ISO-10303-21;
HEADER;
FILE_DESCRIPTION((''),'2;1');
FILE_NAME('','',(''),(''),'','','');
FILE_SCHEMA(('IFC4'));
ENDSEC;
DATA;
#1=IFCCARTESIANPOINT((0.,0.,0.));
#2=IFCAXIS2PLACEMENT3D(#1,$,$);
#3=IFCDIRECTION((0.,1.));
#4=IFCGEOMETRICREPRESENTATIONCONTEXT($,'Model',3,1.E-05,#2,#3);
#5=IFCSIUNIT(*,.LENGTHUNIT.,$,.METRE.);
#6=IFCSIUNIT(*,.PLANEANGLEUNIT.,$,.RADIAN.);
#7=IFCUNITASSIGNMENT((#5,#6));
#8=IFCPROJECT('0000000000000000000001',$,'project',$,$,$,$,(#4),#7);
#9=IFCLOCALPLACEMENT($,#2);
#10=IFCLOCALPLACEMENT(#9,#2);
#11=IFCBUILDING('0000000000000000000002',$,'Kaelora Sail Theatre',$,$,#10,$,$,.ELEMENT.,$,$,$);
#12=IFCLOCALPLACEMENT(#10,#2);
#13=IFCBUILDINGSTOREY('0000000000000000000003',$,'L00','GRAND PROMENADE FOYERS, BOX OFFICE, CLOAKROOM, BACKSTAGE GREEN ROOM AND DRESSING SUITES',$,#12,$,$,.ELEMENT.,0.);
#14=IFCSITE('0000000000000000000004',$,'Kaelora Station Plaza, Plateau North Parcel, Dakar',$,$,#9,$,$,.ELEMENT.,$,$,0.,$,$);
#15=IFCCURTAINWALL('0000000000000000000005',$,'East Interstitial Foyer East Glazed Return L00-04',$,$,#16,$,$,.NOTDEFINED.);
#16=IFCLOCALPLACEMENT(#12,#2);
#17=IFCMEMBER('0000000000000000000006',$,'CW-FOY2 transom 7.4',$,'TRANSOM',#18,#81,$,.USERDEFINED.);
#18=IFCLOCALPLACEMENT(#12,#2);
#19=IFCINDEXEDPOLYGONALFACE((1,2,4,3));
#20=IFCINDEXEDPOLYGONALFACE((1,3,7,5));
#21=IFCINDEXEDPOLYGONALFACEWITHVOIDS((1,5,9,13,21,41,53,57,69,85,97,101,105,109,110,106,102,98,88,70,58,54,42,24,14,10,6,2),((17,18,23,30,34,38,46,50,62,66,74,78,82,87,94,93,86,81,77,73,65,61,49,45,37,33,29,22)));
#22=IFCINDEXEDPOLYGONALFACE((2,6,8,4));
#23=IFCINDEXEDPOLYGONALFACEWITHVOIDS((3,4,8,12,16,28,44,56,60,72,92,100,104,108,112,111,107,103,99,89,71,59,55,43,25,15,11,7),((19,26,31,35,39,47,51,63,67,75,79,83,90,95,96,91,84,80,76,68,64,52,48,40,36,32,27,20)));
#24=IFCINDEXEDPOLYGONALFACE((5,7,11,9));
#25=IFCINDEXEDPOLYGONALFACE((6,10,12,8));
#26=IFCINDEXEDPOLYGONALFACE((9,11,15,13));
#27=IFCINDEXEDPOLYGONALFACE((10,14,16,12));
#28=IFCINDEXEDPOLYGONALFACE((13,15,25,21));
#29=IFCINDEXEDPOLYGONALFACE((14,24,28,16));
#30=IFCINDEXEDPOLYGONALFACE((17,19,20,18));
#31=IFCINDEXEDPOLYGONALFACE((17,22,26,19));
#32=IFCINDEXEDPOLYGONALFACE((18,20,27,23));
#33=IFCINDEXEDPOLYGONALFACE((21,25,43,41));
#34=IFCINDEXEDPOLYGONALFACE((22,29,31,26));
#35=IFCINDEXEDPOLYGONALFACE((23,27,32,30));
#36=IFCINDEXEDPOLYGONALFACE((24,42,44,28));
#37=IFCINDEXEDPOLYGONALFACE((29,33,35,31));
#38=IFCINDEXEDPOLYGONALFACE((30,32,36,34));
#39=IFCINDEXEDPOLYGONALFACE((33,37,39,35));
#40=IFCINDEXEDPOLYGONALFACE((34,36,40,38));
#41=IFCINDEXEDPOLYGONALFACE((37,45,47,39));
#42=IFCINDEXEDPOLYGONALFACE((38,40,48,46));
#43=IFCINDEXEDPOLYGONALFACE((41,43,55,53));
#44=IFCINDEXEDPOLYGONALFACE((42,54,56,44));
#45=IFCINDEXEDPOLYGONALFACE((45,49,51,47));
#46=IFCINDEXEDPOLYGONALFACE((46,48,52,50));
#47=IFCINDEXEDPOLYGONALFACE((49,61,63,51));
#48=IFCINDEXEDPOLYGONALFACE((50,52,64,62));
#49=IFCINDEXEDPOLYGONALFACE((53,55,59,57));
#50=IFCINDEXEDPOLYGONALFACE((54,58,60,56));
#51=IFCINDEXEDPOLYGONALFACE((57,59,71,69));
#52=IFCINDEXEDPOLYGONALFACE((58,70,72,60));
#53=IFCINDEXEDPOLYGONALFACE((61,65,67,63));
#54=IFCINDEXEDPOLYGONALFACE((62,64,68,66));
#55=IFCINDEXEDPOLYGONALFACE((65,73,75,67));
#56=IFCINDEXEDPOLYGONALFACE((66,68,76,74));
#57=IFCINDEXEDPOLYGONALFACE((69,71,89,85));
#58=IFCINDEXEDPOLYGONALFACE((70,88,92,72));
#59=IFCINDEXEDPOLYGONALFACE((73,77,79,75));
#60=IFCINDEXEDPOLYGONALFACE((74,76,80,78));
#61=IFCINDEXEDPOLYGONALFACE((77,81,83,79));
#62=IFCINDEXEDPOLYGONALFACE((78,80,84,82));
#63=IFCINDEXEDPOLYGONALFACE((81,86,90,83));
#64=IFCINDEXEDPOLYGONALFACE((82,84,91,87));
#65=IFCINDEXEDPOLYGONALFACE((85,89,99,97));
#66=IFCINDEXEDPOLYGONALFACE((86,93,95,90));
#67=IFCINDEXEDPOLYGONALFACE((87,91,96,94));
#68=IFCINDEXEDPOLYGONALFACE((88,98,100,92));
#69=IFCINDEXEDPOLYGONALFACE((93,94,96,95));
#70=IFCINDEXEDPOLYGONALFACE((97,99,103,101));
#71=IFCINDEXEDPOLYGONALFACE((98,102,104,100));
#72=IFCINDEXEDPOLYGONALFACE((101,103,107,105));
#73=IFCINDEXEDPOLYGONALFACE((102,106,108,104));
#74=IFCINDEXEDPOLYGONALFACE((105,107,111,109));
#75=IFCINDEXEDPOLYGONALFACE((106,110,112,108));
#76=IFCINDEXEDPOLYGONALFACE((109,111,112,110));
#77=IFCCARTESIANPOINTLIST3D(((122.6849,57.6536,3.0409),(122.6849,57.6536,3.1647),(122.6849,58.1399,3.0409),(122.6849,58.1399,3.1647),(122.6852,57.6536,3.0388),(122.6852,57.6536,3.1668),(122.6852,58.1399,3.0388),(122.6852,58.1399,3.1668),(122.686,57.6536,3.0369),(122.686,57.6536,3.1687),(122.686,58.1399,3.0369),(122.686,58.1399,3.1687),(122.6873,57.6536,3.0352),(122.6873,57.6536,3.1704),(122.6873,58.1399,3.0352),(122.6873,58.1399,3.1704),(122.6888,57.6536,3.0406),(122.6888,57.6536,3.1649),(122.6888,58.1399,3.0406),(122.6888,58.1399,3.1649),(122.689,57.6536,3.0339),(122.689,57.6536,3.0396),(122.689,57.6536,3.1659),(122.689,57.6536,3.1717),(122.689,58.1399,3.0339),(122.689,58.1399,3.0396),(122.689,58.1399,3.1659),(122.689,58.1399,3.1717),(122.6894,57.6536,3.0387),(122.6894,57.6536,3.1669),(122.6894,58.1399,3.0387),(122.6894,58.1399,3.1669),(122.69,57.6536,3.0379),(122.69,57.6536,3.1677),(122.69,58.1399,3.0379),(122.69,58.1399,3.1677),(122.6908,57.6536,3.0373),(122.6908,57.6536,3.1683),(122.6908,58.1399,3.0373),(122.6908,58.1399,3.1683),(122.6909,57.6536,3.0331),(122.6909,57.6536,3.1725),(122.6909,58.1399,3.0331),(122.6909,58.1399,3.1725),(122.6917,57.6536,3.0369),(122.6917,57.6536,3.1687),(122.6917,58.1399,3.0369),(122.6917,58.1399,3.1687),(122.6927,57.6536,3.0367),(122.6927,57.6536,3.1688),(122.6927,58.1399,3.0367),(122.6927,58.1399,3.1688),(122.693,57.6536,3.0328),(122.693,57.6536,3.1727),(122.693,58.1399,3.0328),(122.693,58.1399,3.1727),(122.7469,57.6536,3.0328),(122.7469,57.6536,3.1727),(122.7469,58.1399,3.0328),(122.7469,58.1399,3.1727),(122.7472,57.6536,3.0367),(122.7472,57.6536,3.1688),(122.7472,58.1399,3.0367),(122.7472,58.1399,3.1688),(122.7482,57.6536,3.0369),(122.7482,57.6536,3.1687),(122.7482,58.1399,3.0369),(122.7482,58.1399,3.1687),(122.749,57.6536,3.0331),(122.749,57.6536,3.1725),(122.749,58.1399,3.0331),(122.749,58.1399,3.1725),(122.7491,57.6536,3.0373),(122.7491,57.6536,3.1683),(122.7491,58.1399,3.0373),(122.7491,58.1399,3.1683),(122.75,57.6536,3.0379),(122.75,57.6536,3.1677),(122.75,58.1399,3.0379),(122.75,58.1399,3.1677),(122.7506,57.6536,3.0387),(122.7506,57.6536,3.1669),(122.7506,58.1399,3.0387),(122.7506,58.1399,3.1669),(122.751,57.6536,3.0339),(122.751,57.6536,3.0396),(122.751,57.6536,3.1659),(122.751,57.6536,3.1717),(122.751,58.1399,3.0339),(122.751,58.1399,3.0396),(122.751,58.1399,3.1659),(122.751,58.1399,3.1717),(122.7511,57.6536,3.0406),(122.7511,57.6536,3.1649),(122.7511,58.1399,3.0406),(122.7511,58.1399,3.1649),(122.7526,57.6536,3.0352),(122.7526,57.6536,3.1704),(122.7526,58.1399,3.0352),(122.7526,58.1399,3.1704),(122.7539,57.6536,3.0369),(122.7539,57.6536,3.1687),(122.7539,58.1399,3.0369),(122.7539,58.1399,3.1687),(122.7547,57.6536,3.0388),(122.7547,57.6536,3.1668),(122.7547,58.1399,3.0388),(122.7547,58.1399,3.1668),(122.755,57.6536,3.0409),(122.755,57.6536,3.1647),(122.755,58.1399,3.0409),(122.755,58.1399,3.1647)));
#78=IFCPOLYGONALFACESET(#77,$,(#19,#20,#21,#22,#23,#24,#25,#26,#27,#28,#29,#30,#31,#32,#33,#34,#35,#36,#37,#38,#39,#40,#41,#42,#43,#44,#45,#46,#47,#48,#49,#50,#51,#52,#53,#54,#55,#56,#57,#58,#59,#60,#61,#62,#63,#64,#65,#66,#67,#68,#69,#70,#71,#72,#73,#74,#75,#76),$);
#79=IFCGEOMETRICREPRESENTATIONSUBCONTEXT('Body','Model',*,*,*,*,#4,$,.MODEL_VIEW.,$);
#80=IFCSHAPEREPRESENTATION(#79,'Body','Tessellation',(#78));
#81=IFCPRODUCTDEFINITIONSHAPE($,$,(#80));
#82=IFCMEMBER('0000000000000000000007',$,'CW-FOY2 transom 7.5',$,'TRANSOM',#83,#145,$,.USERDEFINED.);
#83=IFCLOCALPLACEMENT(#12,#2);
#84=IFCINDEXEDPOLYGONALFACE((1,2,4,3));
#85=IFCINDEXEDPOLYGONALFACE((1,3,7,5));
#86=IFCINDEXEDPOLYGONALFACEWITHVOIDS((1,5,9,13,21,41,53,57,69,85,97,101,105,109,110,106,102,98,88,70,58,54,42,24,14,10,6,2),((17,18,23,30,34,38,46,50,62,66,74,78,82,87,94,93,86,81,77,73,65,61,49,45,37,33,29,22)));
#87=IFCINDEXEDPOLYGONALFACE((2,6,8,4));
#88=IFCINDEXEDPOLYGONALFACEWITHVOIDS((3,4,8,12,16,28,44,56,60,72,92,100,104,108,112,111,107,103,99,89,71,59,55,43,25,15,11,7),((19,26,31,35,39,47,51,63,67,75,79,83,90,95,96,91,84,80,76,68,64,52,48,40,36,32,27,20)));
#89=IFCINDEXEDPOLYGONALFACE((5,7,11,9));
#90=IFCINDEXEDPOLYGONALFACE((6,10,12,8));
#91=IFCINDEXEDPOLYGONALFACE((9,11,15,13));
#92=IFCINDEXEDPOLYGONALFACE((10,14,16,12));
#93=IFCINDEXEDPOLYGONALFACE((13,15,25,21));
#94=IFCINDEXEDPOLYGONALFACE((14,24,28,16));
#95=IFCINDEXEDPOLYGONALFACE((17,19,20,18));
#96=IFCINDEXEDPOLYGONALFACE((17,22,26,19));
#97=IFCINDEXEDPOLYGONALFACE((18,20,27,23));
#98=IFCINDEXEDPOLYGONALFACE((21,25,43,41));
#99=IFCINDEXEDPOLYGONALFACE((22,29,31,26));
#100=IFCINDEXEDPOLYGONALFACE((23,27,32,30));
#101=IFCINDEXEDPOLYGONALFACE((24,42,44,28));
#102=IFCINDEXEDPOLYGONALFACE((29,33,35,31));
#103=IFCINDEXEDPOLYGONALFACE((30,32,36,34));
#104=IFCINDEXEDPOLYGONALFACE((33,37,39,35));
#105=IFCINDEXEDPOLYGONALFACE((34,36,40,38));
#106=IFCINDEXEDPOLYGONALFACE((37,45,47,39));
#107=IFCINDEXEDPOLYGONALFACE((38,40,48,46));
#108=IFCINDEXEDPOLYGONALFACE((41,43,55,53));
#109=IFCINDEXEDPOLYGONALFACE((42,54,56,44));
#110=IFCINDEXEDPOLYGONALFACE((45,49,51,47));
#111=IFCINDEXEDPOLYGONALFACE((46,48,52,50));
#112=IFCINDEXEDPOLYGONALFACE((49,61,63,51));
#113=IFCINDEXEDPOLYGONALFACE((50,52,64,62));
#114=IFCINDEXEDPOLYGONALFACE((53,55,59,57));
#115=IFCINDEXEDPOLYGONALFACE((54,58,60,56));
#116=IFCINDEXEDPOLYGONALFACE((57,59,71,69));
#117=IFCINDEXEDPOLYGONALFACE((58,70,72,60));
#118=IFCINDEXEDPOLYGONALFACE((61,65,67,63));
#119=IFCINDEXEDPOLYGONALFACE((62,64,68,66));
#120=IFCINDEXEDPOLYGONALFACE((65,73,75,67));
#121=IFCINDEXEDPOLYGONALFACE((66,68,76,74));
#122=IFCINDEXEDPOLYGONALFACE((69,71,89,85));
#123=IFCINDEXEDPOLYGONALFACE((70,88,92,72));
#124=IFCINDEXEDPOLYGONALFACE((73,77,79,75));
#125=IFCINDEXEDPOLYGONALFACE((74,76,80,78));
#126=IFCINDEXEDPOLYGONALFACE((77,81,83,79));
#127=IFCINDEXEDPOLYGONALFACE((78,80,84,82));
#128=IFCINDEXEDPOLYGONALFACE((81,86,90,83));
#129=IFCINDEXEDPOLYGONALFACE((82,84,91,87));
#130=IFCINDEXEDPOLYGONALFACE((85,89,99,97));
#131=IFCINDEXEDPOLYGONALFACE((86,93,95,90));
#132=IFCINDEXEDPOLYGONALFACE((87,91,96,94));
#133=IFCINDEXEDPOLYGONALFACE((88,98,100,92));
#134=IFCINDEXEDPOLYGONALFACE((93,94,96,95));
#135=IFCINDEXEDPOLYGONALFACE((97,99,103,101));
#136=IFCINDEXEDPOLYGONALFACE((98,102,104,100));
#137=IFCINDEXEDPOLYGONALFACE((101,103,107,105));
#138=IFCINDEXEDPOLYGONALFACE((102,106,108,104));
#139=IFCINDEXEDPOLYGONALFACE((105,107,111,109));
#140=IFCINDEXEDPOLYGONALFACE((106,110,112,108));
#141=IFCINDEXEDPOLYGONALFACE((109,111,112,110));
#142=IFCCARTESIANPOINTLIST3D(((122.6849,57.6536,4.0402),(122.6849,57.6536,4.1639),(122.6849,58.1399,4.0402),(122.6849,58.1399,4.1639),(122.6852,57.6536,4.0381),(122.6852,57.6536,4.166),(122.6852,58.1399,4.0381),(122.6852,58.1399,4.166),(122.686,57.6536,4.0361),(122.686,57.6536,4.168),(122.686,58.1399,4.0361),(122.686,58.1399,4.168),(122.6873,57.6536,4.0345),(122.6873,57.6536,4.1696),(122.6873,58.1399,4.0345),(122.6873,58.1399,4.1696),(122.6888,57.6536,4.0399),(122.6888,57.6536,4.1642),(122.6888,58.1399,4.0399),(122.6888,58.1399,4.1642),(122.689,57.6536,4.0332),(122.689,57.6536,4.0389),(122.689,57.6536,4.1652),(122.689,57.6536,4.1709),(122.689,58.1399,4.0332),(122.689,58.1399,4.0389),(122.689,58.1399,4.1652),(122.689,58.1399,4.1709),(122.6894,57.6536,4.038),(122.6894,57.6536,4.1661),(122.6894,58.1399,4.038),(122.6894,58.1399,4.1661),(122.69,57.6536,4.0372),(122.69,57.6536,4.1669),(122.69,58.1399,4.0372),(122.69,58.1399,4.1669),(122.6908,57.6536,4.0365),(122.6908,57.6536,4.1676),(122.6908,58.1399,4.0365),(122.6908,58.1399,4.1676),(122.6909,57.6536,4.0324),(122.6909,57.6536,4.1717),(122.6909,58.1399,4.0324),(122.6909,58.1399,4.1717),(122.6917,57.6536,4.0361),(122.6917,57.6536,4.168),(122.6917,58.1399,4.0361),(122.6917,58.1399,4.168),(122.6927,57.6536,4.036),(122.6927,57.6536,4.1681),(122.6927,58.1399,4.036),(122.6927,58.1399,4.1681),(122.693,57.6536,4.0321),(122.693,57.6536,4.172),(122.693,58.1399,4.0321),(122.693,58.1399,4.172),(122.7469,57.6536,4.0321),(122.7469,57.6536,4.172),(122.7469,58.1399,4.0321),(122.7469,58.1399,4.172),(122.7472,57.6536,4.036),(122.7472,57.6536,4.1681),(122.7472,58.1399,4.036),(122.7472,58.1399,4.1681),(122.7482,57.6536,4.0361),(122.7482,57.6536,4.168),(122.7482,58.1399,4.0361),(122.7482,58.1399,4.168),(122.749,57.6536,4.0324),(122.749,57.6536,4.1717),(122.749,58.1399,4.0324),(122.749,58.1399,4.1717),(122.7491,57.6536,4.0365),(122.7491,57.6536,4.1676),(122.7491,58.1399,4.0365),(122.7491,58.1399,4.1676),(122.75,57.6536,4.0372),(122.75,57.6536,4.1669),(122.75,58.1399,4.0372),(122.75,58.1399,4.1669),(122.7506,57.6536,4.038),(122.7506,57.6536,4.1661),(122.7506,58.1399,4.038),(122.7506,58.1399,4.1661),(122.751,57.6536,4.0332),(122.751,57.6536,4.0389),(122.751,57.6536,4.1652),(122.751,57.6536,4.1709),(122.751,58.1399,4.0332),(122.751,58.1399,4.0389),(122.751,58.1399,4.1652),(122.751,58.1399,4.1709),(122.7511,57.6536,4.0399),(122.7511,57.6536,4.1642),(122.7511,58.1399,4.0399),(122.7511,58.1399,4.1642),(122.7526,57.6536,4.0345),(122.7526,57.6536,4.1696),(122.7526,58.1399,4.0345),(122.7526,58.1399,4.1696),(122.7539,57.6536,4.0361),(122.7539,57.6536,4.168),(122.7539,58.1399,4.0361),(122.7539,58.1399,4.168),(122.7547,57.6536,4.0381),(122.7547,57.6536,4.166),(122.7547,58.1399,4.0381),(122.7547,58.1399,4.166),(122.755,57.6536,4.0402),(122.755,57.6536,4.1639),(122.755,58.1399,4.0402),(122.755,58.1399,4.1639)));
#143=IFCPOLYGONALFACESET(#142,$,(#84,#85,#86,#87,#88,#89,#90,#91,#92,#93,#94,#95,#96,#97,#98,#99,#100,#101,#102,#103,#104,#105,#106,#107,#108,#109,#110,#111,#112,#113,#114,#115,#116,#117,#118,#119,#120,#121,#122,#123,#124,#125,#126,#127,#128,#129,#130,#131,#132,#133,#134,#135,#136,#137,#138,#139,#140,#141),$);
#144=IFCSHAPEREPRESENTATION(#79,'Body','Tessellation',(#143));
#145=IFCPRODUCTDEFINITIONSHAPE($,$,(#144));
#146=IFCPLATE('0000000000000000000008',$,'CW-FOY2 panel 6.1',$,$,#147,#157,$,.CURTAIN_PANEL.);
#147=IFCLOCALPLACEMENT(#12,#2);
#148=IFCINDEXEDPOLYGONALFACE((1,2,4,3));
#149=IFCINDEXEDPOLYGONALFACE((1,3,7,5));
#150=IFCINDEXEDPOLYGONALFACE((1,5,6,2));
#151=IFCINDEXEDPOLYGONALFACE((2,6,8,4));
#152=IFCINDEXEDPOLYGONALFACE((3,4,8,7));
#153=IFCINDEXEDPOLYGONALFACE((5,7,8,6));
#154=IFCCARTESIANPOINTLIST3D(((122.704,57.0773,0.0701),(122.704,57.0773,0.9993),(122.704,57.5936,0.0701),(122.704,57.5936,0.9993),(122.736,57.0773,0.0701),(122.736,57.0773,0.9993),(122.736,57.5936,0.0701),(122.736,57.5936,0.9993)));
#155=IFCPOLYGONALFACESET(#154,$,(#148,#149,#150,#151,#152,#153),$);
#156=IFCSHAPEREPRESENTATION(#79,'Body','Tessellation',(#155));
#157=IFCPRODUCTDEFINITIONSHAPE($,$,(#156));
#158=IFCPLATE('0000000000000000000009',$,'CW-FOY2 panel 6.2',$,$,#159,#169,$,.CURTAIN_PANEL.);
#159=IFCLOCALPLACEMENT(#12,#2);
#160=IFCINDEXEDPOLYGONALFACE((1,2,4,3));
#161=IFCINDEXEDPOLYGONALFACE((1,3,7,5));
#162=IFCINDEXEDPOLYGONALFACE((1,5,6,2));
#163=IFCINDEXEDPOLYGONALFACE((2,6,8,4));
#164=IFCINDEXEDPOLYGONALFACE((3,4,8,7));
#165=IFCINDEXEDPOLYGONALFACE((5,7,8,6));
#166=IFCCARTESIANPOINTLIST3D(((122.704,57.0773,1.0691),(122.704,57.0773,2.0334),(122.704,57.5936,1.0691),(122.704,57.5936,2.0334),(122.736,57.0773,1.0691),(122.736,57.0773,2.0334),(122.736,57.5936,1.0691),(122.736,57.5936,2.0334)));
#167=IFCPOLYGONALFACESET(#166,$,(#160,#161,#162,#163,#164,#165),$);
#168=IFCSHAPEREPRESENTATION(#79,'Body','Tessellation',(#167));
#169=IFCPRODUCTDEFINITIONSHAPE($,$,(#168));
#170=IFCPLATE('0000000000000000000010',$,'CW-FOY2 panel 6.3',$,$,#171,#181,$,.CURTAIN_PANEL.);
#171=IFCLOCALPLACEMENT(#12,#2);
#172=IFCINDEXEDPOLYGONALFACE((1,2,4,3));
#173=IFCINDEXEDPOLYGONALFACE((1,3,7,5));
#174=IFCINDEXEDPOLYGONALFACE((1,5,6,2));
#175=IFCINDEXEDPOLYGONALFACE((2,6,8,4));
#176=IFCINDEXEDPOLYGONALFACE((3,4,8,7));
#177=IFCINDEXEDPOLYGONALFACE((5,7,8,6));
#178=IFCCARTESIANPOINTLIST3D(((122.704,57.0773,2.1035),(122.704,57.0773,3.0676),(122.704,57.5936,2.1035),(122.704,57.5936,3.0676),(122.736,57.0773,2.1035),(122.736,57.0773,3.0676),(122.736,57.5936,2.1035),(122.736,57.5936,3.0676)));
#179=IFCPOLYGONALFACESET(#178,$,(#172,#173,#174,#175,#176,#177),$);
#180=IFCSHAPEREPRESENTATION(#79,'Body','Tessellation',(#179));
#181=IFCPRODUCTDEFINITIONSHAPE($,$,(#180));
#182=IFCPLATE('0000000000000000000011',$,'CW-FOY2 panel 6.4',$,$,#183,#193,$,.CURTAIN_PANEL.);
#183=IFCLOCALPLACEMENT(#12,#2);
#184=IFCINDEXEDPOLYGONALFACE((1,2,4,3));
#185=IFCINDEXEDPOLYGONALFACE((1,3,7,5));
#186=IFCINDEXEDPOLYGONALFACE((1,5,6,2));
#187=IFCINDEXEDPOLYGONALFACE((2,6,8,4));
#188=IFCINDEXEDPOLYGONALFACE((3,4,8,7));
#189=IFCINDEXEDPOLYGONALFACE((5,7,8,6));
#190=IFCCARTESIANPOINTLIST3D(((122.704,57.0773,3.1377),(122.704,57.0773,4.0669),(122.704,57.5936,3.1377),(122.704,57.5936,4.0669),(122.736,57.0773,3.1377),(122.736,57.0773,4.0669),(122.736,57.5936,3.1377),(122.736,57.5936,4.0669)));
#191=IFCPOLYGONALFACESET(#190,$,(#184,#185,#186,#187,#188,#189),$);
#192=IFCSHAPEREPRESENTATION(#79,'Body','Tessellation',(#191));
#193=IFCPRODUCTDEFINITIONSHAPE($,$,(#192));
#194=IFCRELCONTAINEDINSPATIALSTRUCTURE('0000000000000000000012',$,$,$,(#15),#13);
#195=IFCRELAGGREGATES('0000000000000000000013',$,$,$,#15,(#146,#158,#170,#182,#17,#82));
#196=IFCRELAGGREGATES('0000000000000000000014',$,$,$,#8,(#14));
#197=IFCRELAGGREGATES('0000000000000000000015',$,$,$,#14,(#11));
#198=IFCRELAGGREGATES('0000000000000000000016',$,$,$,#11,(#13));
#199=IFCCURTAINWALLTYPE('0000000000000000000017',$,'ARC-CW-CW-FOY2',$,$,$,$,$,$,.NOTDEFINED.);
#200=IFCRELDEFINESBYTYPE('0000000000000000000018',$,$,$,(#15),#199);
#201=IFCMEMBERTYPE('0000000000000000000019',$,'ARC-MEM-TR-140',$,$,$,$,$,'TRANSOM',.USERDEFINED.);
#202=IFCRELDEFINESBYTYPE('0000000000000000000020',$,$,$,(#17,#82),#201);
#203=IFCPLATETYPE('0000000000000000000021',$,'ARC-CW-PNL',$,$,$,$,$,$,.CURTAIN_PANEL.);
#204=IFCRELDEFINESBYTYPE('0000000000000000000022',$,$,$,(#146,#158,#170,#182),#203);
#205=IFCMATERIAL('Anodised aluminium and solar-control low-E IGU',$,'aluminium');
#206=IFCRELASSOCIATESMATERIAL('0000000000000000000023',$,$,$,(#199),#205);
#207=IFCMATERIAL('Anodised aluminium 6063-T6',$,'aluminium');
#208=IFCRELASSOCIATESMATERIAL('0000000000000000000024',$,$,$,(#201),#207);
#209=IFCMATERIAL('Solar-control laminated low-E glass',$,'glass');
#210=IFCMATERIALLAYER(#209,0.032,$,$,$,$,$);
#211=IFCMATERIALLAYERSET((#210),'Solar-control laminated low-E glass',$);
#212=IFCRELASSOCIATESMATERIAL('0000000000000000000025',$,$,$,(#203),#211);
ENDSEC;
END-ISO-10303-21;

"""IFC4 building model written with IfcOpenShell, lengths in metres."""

from ifc_helpers import new_model, si_unit, direction, frame, origin, origin_2d, place, context, subcontext, project, spatial, rectangle, hollow_rectangle, extrude, material, layer, layer_set, material_profile, profile_set, type_object, element, aggregate, save


model = new_model("IFC4")

# Units and contexts
model_context = context("Model", 3, precision=1e-05, world=origin(), true_north=direction((0.0, 1.0)))
body_context = subcontext(model_context, "Body", "Model", "MODEL_VIEW")
ifc_project = project(units=[si_unit("LENGTHUNIT", "METRE"), si_unit("PLANEANGLEUNIT", "RADIAN")], contexts=[model_context])

# Site, building, storey
site_placement = place(None, origin())
site = spatial("IfcSite", under=ifc_project, at=site_placement, Name="Kaelora Station Plaza, Plateau North Parcel, Dakar", CompositionType="ELEMENT", RefElevation=0.0)
building_placement = place(site_placement, origin())
building = spatial("IfcBuilding", under=site, at=building_placement, Name="Kaelora Sail Theatre", CompositionType="ELEMENT")
storey_placement = place(building_placement, origin())
storey = spatial("IfcBuildingStorey", under=building, at=storey_placement, Name="L00", Description="GRAND PROMENADE FOYERS, BOX OFFICE, CLOAKROOM, BACKSTAGE GREEN ROOM AND DRESSING SUITES", CompositionType="ELEMENT", Elevation=0.0)

# Curtain wall, members, plates
ifc_material_1 = material(Name="Anodised aluminium and solar-control low-E IGU", Category="aluminium")
curtain_wall_type = type_object("IfcCurtainWallType", Name="ARC-CW-CW-FOY2", PredefinedType="NOTDEFINED", material=ifc_material_1)
curtain_wall_placement = place(storey_placement, origin())
curtain_wall = element("IfcCurtainWall", 1, at=curtain_wall_placement, inside=storey, type_object=curtain_wall_type, Name="East Interstitial Foyer East Glazed Return L00-04", PredefinedType="NOTDEFINED")
ifc_material_2 = material(Name="Anodised aluminium 6063-T6", Category="aluminium")
ifc_material_profile_1 = material_profile(ifc_material_2, hollow_rectangle(XDim=0.0701, YDim=0.1399, WallThickness=0.0039, InnerFilletRadius=0.0039, OuterFilletRadius=0.0081, at=origin_2d()), Name="ALU-TRAN 70x140x4")
ifc_profile_set_1 = profile_set([ifc_material_profile_1], Name="Anodised aluminium 6063-T6")
member_type_1 = type_object("IfcMemberType", Name="ARC-MEM-TR-140", ElementType="TRANSOM", PredefinedType="USERDEFINED", material=ifc_profile_set_1)
member_1_placement = place(storey_placement, frame((122.72, 57.6536, 3.1028), z_axis=(0.0, 1.0, 0.0), x_axis=(-1.0, 0.0, 0.0)))
member_1 = element("IfcMember", 2, at=member_1_placement, type_object=member_type_1, Name="CW-FOY2 transom 7.4", ObjectType="TRANSOM", PredefinedType="USERDEFINED", context=body_context, shape_type="SweptSolid", body=[
    extrude(hollow_rectangle(XDim=0.0701, YDim=0.1399, WallThickness=0.0039, InnerFilletRadius=0.0039, OuterFilletRadius=0.0081, at=origin_2d()), origin(), (0.0, 0.0, 1.0), 0.4863),
])
member_2_placement = place(storey_placement, frame((122.72, 57.6536, 4.1021), z_axis=(0.0, 1.0, 0.0), x_axis=(-1.0, 0.0, 0.0)))
member_2 = element("IfcMember", 3, at=member_2_placement, type_object=member_type_1, Name="CW-FOY2 transom 7.5", ObjectType="TRANSOM", PredefinedType="USERDEFINED", context=body_context, shape_type="SweptSolid", body=[
    extrude(hollow_rectangle(XDim=0.0701, YDim=0.1399, WallThickness=0.0039, InnerFilletRadius=0.0039, OuterFilletRadius=0.0081, at=origin_2d()), origin(), (0.0, 0.0, 1.0), 0.4863),
])
ifc_material_3 = material(Name="Solar-control laminated low-E glass", Category="glass")
ifc_layer_1 = layer(ifc_material_3, 0.032)
ifc_layer_set_1 = layer_set([ifc_layer_1], Name="Solar-control laminated low-E glass")
plate_type = type_object("IfcPlateType", Name="ARC-CW-PNL", PredefinedType="CURTAIN_PANEL", material=ifc_layer_set_1)
plate_1_placement = place(storey_placement, frame((122.72, 57.3354, 0.0701), z_axis=(0.0, 0.0, 1.0), x_axis=(0.0, 1.0, 0.0)))
plate_1 = element("IfcPlate", 4, at=plate_1_placement, type_object=plate_type, Name="CW-FOY2 panel 6.1", PredefinedType="CURTAIN_PANEL", context=body_context, shape_type="SweptSolid", body=[
    extrude(rectangle(XDim=0.5164, YDim=0.032, at=origin_2d()), origin(), (0.0, 0.0, 1.0), 0.9292),
])
plate_2_placement = place(storey_placement, frame((122.72, 57.3354, 1.0691), z_axis=(0.0, 0.0, 1.0), x_axis=(0.0, 1.0, 0.0)))
plate_2 = element("IfcPlate", 5, at=plate_2_placement, type_object=plate_type, Name="CW-FOY2 panel 6.2", PredefinedType="CURTAIN_PANEL", context=body_context, shape_type="SweptSolid", body=[
    extrude(rectangle(XDim=0.5164, YDim=0.032, at=origin_2d()), origin(), (0.0, 0.0, 1.0), 0.9644),
])
plate_3_placement = place(storey_placement, frame((122.72, 57.3354, 2.1035), z_axis=(0.0, 0.0, 1.0), x_axis=(0.0, 1.0, 0.0)))
plate_3 = element("IfcPlate", 6, at=plate_3_placement, type_object=plate_type, Name="CW-FOY2 panel 6.3", PredefinedType="CURTAIN_PANEL", context=body_context, shape_type="SweptSolid", body=[
    extrude(rectangle(XDim=0.5164, YDim=0.032, at=origin_2d()), origin(), (0.0, 0.0, 1.0), 0.9641),
])
plate_4_placement = place(storey_placement, frame((122.72, 57.3354, 3.1377), z_axis=(0.0, 0.0, 1.0), x_axis=(0.0, 1.0, 0.0)))
plate_4 = element("IfcPlate", 7, at=plate_4_placement, type_object=plate_type, Name="CW-FOY2 panel 6.4", PredefinedType="CURTAIN_PANEL", context=body_context, shape_type="SweptSolid", body=[
    extrude(rectangle(XDim=0.5164, YDim=0.032, at=origin_2d()), origin(), (0.0, 0.0, 1.0), 0.9292),
])
aggregate(curtain_wall, [plate_1, plate_2, plate_3, plate_4, member_1, member_2])

save(model, "model.ifc")
